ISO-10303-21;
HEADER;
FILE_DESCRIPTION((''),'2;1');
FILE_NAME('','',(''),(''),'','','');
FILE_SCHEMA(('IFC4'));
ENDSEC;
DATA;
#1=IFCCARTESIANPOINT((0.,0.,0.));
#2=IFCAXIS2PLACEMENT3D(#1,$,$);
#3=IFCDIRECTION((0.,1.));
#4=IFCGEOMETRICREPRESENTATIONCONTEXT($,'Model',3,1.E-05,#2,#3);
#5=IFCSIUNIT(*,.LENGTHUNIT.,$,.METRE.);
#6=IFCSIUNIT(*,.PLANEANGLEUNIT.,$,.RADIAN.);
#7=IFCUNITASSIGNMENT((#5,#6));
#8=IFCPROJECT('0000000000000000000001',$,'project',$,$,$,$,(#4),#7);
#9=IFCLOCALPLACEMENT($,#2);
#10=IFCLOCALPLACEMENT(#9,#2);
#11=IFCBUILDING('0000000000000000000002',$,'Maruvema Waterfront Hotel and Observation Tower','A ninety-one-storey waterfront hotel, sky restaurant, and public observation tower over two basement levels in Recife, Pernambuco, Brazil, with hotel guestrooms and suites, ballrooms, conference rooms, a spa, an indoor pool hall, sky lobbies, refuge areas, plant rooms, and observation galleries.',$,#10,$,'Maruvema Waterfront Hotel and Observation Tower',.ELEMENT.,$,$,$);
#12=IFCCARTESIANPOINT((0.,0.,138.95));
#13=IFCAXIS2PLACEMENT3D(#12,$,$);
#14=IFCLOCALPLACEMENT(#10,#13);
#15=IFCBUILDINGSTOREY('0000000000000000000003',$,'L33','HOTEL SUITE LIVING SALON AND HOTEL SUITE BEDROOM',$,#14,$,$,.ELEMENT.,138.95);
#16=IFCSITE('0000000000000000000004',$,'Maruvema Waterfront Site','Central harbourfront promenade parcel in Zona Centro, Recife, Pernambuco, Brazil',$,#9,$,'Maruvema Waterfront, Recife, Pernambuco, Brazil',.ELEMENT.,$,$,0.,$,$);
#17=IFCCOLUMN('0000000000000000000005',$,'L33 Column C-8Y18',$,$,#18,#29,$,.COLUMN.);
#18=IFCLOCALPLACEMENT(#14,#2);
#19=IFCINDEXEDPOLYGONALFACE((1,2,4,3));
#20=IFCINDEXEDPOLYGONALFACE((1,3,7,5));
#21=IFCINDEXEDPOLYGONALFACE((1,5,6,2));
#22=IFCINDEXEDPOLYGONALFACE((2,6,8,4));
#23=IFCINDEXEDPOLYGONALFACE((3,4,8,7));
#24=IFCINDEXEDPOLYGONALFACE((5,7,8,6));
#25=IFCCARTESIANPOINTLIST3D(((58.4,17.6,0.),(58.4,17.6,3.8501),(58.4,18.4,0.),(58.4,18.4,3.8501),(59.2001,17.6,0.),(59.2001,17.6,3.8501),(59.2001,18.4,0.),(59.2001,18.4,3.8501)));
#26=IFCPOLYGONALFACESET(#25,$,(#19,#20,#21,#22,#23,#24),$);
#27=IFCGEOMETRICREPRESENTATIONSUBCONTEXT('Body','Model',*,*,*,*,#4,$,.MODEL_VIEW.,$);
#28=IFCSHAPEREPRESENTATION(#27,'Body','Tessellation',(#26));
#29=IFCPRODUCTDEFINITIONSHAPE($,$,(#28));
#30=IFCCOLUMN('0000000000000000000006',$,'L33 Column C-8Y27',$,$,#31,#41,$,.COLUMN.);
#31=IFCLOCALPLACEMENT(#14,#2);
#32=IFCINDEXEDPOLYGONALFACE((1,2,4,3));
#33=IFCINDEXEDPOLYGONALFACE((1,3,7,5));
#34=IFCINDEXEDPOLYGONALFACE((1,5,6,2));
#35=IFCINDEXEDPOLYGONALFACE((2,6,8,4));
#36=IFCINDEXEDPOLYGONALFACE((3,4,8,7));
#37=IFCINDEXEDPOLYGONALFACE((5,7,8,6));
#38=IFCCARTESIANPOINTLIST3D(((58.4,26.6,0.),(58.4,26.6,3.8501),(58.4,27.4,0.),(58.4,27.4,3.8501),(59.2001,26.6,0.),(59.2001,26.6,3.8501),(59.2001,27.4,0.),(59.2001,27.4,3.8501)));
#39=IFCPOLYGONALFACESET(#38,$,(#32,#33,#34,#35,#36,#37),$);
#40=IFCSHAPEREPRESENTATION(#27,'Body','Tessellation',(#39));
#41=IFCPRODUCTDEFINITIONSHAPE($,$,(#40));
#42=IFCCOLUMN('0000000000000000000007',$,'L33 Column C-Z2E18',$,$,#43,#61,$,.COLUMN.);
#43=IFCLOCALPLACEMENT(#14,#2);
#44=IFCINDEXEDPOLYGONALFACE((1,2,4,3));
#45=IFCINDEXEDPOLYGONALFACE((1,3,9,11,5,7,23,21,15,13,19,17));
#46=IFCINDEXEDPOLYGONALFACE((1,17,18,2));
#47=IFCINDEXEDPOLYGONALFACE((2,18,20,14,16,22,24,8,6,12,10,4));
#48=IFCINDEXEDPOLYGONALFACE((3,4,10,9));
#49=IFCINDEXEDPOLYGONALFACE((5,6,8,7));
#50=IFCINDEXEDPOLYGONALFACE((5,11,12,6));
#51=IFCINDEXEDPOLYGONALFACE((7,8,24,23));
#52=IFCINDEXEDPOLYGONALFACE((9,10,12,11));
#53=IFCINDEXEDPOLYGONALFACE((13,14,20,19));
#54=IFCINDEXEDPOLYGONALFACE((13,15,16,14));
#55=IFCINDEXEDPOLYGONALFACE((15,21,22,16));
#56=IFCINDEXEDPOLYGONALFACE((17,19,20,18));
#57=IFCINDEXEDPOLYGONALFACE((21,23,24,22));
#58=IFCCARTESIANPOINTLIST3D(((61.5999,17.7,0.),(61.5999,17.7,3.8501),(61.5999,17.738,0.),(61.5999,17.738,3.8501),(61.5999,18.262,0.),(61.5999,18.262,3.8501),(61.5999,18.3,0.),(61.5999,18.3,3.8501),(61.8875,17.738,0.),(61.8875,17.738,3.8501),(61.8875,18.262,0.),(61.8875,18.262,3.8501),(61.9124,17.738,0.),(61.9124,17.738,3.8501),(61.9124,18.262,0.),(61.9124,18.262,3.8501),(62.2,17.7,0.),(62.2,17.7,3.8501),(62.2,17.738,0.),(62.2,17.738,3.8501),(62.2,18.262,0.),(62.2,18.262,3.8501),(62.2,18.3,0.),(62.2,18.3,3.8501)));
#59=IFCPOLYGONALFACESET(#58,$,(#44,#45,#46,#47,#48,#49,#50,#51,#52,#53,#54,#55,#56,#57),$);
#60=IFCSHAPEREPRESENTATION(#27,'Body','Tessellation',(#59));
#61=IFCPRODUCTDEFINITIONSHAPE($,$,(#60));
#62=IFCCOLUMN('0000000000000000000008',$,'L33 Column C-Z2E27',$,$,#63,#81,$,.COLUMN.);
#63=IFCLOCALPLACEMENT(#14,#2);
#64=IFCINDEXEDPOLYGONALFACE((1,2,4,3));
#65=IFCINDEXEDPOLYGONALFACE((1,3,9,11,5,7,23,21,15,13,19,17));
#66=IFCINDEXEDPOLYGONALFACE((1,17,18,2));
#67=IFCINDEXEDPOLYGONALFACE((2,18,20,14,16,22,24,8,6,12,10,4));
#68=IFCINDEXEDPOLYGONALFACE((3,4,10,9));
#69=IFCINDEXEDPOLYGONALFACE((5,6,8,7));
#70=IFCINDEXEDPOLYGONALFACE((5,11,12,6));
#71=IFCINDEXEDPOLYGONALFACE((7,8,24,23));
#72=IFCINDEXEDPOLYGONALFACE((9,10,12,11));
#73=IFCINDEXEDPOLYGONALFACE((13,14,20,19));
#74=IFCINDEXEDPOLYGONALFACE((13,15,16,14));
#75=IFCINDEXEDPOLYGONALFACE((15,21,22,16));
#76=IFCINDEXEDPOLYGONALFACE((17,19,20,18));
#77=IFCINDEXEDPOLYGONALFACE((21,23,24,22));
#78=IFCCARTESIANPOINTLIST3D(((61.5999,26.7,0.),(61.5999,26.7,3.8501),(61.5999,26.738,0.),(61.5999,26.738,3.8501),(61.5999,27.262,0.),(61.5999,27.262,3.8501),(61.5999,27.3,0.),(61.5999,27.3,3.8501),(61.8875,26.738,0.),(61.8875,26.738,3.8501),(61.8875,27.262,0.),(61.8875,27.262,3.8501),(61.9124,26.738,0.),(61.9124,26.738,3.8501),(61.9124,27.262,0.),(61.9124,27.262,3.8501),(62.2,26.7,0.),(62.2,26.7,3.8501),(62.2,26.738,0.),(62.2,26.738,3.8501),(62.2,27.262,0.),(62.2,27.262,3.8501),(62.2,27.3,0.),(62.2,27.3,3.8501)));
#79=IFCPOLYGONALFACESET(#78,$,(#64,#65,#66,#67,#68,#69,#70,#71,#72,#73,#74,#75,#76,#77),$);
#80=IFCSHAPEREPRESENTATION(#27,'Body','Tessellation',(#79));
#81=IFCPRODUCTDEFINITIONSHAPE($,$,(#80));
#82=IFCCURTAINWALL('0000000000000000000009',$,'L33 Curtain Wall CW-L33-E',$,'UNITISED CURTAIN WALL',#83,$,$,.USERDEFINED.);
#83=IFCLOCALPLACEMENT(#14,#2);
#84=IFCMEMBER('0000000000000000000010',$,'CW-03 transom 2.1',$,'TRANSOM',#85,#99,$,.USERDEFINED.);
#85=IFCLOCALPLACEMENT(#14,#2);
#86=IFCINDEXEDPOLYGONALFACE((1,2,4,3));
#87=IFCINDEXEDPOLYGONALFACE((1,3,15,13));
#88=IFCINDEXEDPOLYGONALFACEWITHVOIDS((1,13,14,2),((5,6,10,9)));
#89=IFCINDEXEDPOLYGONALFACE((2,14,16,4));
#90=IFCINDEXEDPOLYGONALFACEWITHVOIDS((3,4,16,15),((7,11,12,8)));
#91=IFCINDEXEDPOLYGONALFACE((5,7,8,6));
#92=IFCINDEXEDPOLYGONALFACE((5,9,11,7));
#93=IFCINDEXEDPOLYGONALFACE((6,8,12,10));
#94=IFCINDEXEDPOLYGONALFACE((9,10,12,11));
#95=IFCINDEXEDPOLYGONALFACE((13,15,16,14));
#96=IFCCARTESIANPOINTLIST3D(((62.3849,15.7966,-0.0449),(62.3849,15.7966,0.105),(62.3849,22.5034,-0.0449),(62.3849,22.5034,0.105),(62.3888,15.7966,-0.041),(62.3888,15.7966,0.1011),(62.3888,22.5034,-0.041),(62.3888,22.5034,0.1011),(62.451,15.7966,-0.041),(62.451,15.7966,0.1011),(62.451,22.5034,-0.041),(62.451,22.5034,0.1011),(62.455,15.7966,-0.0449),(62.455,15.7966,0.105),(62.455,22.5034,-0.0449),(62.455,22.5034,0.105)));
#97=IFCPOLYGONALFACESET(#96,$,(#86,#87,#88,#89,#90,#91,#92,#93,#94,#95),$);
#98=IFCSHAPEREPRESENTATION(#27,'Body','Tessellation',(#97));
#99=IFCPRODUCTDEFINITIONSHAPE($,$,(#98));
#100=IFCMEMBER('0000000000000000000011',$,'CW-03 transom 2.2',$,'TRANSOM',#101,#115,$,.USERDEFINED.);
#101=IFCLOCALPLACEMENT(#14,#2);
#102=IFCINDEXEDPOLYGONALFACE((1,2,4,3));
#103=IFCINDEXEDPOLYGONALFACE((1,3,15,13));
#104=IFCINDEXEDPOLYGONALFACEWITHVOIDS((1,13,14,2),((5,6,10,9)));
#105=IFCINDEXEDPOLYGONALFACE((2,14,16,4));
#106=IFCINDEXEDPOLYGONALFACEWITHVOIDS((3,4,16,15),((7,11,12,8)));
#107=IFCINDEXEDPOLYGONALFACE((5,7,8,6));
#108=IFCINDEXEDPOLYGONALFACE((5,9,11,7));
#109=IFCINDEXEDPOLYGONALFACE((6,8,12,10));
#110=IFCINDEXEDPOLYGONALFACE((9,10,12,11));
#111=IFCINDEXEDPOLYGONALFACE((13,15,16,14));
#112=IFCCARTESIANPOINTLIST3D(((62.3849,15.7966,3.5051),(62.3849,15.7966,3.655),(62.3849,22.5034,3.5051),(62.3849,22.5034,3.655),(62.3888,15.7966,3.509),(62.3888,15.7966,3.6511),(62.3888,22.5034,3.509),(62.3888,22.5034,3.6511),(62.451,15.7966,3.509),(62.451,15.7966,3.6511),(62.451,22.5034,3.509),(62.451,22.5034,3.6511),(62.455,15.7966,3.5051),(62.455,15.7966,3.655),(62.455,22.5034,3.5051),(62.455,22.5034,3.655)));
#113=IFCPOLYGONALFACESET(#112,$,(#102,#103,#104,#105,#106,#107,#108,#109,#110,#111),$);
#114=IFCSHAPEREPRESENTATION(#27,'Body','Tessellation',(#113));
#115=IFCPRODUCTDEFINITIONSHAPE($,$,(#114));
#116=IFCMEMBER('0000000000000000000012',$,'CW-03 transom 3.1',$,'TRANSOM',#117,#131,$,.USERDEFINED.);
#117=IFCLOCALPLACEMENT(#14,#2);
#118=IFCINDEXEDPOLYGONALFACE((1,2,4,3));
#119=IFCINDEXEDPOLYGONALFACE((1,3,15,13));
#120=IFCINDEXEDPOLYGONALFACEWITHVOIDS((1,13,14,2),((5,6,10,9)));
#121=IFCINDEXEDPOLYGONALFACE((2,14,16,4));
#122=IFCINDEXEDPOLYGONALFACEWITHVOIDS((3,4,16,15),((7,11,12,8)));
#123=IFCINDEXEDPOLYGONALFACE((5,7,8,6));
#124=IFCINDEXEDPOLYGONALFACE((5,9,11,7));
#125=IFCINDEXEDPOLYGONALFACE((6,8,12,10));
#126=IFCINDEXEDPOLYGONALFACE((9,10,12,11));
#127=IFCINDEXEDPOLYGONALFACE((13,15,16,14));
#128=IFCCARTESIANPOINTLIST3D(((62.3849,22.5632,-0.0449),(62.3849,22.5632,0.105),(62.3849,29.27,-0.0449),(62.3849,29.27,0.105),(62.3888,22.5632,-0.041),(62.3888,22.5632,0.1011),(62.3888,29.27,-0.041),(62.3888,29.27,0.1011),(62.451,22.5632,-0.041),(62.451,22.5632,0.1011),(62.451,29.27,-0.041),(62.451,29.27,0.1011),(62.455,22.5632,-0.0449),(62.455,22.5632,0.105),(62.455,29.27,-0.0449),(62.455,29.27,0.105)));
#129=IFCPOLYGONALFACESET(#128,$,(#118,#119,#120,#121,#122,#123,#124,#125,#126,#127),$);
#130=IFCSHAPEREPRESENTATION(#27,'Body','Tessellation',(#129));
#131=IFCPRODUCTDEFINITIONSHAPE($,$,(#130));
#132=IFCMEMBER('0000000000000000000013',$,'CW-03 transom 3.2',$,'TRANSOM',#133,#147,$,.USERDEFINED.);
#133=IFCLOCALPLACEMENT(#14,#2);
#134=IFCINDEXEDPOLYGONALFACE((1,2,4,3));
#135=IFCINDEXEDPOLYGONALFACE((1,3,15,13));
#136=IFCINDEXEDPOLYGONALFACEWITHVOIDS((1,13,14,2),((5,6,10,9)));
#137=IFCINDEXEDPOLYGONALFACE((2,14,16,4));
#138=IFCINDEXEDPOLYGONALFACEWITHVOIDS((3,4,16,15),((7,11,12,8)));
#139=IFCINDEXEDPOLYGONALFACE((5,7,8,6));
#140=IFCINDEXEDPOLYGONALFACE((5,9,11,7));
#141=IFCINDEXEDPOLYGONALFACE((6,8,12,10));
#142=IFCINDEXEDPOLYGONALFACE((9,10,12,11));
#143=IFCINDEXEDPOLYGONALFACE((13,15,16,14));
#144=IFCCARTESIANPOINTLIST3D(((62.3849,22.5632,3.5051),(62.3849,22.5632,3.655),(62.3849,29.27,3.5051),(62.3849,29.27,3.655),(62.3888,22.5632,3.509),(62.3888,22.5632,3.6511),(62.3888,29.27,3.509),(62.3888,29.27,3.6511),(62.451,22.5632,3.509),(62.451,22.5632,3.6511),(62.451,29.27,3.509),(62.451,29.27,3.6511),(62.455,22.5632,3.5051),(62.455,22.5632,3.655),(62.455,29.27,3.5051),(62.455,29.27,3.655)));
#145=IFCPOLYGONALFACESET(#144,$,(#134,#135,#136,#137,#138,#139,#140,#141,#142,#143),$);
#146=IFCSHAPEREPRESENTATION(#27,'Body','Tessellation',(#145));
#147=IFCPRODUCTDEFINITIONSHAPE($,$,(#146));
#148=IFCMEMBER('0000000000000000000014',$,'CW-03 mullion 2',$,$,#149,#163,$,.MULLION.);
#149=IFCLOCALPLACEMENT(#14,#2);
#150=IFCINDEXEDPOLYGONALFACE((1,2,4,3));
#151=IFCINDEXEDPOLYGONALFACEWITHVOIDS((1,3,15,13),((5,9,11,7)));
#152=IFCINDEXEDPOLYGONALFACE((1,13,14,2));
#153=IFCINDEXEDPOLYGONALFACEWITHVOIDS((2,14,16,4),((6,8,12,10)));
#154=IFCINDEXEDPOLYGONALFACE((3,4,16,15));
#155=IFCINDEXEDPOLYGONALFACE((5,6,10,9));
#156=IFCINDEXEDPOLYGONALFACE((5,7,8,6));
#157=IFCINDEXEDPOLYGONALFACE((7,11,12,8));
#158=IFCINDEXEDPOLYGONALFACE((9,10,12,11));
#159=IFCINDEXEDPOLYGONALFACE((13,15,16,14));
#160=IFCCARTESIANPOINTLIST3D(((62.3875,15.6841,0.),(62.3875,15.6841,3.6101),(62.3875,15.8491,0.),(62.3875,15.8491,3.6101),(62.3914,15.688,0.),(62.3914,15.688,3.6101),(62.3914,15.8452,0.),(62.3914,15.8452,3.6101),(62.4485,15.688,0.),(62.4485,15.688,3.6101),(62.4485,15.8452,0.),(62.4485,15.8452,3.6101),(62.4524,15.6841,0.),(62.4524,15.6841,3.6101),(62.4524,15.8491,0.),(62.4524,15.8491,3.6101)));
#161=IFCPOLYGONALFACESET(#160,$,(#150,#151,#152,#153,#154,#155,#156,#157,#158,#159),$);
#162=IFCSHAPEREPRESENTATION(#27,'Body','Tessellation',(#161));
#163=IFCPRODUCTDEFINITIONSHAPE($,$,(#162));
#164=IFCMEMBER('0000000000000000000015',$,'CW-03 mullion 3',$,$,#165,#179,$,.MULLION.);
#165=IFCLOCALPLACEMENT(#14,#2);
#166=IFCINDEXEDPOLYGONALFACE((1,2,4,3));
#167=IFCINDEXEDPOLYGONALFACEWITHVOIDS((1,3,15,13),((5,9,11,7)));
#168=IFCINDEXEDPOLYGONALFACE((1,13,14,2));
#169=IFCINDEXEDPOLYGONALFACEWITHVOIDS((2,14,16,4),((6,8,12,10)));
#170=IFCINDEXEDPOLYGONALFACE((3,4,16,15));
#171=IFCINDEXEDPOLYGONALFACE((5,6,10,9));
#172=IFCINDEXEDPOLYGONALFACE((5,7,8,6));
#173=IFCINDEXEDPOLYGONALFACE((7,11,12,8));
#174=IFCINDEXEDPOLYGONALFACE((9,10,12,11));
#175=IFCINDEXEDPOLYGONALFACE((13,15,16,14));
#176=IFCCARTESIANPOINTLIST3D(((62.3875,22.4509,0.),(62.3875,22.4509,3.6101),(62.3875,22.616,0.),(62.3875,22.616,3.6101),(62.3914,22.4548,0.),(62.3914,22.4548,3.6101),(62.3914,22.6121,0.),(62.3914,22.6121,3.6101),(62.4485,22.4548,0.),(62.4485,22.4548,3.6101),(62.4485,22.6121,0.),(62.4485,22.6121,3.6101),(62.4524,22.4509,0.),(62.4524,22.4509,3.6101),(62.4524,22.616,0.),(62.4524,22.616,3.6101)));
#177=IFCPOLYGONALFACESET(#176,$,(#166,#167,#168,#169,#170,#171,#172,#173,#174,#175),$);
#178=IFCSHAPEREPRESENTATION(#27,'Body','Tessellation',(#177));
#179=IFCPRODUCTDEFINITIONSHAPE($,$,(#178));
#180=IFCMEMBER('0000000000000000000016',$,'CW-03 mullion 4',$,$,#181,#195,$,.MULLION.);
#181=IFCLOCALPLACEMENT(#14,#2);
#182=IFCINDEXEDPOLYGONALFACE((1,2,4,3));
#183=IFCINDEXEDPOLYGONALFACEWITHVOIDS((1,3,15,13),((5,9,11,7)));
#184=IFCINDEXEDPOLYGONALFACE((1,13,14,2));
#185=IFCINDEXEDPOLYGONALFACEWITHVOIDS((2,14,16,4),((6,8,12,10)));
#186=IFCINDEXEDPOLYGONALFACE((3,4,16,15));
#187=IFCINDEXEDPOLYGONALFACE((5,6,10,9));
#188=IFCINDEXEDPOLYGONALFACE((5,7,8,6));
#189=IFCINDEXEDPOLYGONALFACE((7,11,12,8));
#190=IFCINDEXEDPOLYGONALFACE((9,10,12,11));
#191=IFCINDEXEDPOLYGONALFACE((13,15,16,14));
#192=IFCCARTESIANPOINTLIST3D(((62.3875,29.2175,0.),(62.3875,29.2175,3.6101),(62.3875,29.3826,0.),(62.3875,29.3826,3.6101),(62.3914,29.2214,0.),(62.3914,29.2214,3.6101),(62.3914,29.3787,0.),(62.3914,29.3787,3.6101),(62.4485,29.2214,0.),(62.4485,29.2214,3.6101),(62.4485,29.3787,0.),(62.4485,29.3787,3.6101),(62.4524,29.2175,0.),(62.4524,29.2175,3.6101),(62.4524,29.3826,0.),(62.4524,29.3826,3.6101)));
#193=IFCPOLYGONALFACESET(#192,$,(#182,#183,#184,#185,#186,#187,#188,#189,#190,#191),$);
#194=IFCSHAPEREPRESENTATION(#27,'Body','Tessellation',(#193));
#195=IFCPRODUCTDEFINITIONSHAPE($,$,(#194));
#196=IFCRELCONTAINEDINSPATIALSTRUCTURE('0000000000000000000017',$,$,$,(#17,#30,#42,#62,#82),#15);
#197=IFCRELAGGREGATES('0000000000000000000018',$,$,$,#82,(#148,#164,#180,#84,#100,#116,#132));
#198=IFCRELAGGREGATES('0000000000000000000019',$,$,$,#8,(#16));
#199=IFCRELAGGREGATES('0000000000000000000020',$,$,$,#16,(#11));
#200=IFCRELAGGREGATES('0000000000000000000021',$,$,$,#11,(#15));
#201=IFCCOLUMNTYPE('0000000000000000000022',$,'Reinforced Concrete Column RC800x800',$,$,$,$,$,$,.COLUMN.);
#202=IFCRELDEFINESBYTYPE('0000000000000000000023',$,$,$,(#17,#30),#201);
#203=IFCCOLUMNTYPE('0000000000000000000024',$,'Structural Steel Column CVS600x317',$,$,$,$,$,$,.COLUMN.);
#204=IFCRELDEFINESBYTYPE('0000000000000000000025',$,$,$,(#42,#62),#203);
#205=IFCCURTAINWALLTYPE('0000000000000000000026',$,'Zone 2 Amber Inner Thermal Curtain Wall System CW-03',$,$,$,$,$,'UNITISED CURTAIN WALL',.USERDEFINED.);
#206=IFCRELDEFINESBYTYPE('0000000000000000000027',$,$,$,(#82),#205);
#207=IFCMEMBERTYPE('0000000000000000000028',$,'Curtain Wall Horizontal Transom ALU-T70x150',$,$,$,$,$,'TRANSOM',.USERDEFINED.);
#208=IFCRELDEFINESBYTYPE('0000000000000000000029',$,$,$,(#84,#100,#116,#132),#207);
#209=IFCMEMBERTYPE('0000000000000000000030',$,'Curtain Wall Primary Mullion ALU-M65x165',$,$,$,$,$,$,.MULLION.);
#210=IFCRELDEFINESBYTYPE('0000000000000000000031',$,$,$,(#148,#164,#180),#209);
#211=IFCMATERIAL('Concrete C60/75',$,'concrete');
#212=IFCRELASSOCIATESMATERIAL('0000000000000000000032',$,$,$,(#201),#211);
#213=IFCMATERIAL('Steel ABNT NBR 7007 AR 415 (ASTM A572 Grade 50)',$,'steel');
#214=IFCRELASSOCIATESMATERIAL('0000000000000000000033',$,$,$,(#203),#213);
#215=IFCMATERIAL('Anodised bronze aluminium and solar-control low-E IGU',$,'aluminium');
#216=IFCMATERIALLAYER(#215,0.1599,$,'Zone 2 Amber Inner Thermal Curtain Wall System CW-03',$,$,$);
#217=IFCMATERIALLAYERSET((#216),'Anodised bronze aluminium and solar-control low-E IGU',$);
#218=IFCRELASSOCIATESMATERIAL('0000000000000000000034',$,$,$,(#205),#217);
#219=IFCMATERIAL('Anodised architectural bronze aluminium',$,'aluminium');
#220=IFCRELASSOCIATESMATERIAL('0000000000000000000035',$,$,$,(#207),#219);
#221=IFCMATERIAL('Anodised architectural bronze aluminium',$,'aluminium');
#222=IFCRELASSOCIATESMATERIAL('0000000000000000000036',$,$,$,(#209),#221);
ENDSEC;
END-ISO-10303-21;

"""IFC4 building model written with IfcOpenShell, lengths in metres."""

from ifc_helpers import new_model, si_unit, direction, frame, origin, origin_2d, place, context, subcontext, project, spatial, rectangle, hollow_rectangle, i_section, extrude, material, layer, layer_set, material_profile, profile_set, type_object, element, aggregate, save


model = new_model("IFC4")

# Units and contexts
model_context = context("Model", 3, precision=1e-05, world=origin(), true_north=direction((0.0, 1.0)))
body_context = subcontext(model_context, "Body", "Model", "MODEL_VIEW")
ifc_project = project(units=[si_unit("LENGTHUNIT", "METRE"), si_unit("PLANEANGLEUNIT", "RADIAN")], contexts=[model_context])

# Site, building, storey
site_placement = place(None, origin())
site = spatial("IfcSite", under=ifc_project, at=site_placement, Name="Maruvema Waterfront Site", Description="Central harbourfront promenade parcel in Zona Centro, Recife, Pernambuco, Brazil", LongName="Maruvema Waterfront, Recife, Pernambuco, Brazil", CompositionType="ELEMENT", RefElevation=0.0)
building_placement = place(site_placement, origin())
building = spatial("IfcBuilding", under=site, at=building_placement, Name="Maruvema Waterfront Hotel and Observation Tower", Description="A ninety-one-storey waterfront hotel, sky restaurant, and public observation tower over two basement levels in Recife, Pernambuco, Brazil, with hotel guestrooms and suites, ballrooms, conference rooms, a spa, an indoor pool hall, sky lobbies, refuge areas, plant rooms, and observation galleries.", LongName="Maruvema Waterfront Hotel and Observation Tower", CompositionType="ELEMENT")
storey_placement = place(building_placement, frame((0.0, 0.0, 138.95)))
storey = spatial("IfcBuildingStorey", under=building, at=storey_placement, Name="L33", Description="HOTEL SUITE LIVING SALON AND HOTEL SUITE BEDROOM", CompositionType="ELEMENT", Elevation=138.95)

# Columns
ifc_material_1 = material(Name="Concrete C60/75", Category="concrete")
ifc_material_profile_1 = material_profile(ifc_material_1, rectangle(XDim=0.8, YDim=0.8, at=origin_2d()), Name="RC800x800")
ifc_profile_set_1 = profile_set([ifc_material_profile_1], Name="Concrete C60/75")
column_type_1 = type_object("IfcColumnType", Name="Reinforced Concrete Column RC800x800", PredefinedType="COLUMN", material=ifc_profile_set_1)
for number, where, z_axis, x_axis, name in (
    (1, (58.8, 18.0, 0.0), (0.0, 0.0, 1.0), (1.0, 0.0, 0.0), "L33 Column C-8Y18"),
    (2, (58.8, 27.0, 0.0), (0.0, 0.0, 1.0), (1.0, 0.0, 0.0), "L33 Column C-8Y27"),
):
    element("IfcColumn", number, at=place(storey_placement, frame(where, z_axis=z_axis, x_axis=x_axis)), inside=storey, type_object=column_type_1, Name=name, PredefinedType="COLUMN", context=body_context, shape_type="SweptSolid", body=[
        extrude(rectangle(XDim=0.8, YDim=0.8, at=origin_2d()), origin(), (0.0, 0.0, 1.0), 3.8501),
    ])
ifc_material_2 = material(Name="Steel ABNT NBR 7007 AR 415 (ASTM A572 Grade 50)", Category="steel")
ifc_material_profile_2 = material_profile(ifc_material_2, i_section(OverallWidth=0.6001, OverallDepth=0.6001, WebThickness=0.0249, FlangeThickness=0.0381, at=origin_2d()), Name="CVS600x317")
ifc_profile_set_2 = profile_set([ifc_material_profile_2], Name="Steel ABNT NBR 7007 AR 415 (ASTM A572 Grade 50)")
column_type_2 = type_object("IfcColumnType", Name="Structural Steel Column CVS600x317", PredefinedType="COLUMN", material=ifc_profile_set_2)
for number, where, z_axis, x_axis, name in (
    (3, (61.8999, 18.0, 0.0), (0.0, 0.0, 1.0), (1.0, 0.0, 0.0), "L33 Column C-Z2E18"),
    (4, (61.8999, 27.0, 0.0), (0.0, 0.0, 1.0), (1.0, 0.0, 0.0), "L33 Column C-Z2E27"),
):
    element("IfcColumn", number, at=place(storey_placement, frame(where, z_axis=z_axis, x_axis=x_axis)), inside=storey, type_object=column_type_2, Name=name, PredefinedType="COLUMN", context=body_context, shape_type="SweptSolid", body=[
        extrude(i_section(OverallWidth=0.6001, OverallDepth=0.6001, WebThickness=0.0249, FlangeThickness=0.0381, at=origin_2d()), origin(), (0.0, 0.0, 1.0), 3.8501),
    ])

# Curtain wall, members
ifc_material_3 = material(Name="Anodised bronze aluminium and solar-control low-E IGU", Category="aluminium")
ifc_layer_1 = layer(ifc_material_3, 0.1599, Name="Zone 2 Amber Inner Thermal Curtain Wall System CW-03")
ifc_layer_set_1 = layer_set([ifc_layer_1], Name="Anodised bronze aluminium and solar-control low-E IGU")
curtain_wall_type = type_object("IfcCurtainWallType", Name="Zone 2 Amber Inner Thermal Curtain Wall System CW-03", ElementType="UNITISED CURTAIN WALL", PredefinedType="USERDEFINED", material=ifc_layer_set_1)
curtain_wall_placement = place(storey_placement, origin())
curtain_wall = element("IfcCurtainWall", 5, at=curtain_wall_placement, inside=storey, type_object=curtain_wall_type, Name="L33 Curtain Wall CW-L33-E", ObjectType="UNITISED CURTAIN WALL", PredefinedType="USERDEFINED")
ifc_material_4 = material(Name="Anodised architectural bronze aluminium", Category="aluminium")
ifc_material_profile_3 = material_profile(ifc_material_4, hollow_rectangle(XDim=0.0701, YDim=0.1499, WallThickness=0.0039, at=origin_2d()), Name="ALU-T70x150")
ifc_profile_set_3 = profile_set([ifc_material_profile_3], Name="Anodised architectural bronze aluminium")
member_type_1 = type_object("IfcMemberType", Name="Curtain Wall Horizontal Transom ALU-T70x150", ElementType="TRANSOM", PredefinedType="USERDEFINED", material=ifc_profile_set_3)
member_1_placement = place(storey_placement, frame((62.4199, 15.7966, 0.03), z_axis=(0.0, 1.0, 0.0), x_axis=(-1.0, 0.0, 0.0)))
member_1 = element("IfcMember", 6, at=member_1_placement, type_object=member_type_1, Name="CW-03 transom 2.1", ObjectType="TRANSOM", PredefinedType="USERDEFINED", context=body_context, shape_type="SweptSolid", body=[
    extrude(hollow_rectangle(XDim=0.0701, YDim=0.1499, WallThickness=0.0039, at=origin_2d()), origin(), (0.0, 0.0, 1.0), 6.7068),
])
member_2_placement = place(storey_placement, frame((62.4199, 15.7966, 3.5801), z_axis=(0.0, 1.0, 0.0), x_axis=(-1.0, 0.0, 0.0)))
member_2 = element("IfcMember", 7, at=member_2_placement, type_object=member_type_1, Name="CW-03 transom 2.2", ObjectType="TRANSOM", PredefinedType="USERDEFINED", context=body_context, shape_type="SweptSolid", body=[
    extrude(hollow_rectangle(XDim=0.0701, YDim=0.1499, WallThickness=0.0039, at=origin_2d()), origin(), (0.0, 0.0, 1.0), 6.7068),
])
member_3_placement = place(storey_placement, frame((62.4199, 22.5632, 0.03), z_axis=(0.0, 1.0, 0.0), x_axis=(-1.0, 0.0, 0.0)))
member_3 = element("IfcMember", 8, at=member_3_placement, type_object=member_type_1, Name="CW-03 transom 3.1", ObjectType="TRANSOM", PredefinedType="USERDEFINED", context=body_context, shape_type="SweptSolid", body=[
    extrude(hollow_rectangle(XDim=0.0701, YDim=0.1499, WallThickness=0.0039, at=origin_2d()), origin(), (0.0, 0.0, 1.0), 6.7068),
])
member_4_placement = place(storey_placement, frame((62.4199, 22.5632, 3.5801), z_axis=(0.0, 1.0, 0.0), x_axis=(-1.0, 0.0, 0.0)))
member_4 = element("IfcMember", 9, at=member_4_placement, type_object=member_type_1, Name="CW-03 transom 3.2", ObjectType="TRANSOM", PredefinedType="USERDEFINED", context=body_context, shape_type="SweptSolid", body=[
    extrude(hollow_rectangle(XDim=0.0701, YDim=0.1499, WallThickness=0.0039, at=origin_2d()), origin(), (0.0, 0.0, 1.0), 6.7068),
])
ifc_material_5 = material(Name="Anodised architectural bronze aluminium", Category="aluminium")
ifc_material_profile_4 = material_profile(ifc_material_5, hollow_rectangle(XDim=0.0649, YDim=0.165, WallThickness=0.0039, at=origin_2d()), Name="ALU-M65x165")
ifc_profile_set_4 = profile_set([ifc_material_profile_4], Name="Anodised architectural bronze aluminium")
member_type_2 = type_object("IfcMemberType", Name="Curtain Wall Primary Mullion ALU-M65x165", PredefinedType="MULLION", material=ifc_profile_set_4)
member_5_placement = place(storey_placement, frame((62.4199, 15.7666, 0.0), z_axis=(0.0, 0.0, 1.0), x_axis=(-1.0, 0.0, 0.0)))
member_5 = element("IfcMember", 10, at=member_5_placement, type_object=member_type_2, Name="CW-03 mullion 2", PredefinedType="MULLION", context=body_context, shape_type="SweptSolid", body=[
    extrude(hollow_rectangle(XDim=0.0649, YDim=0.165, WallThickness=0.0039, at=origin_2d()), origin(), (0.0, 0.0, 1.0), 3.6101),
])
member_6_placement = place(storey_placement, frame((62.4199, 22.5334, 0.0), z_axis=(0.0, 0.0, 1.0), x_axis=(-1.0, 0.0, 0.0)))
member_6 = element("IfcMember", 11, at=member_6_placement, type_object=member_type_2, Name="CW-03 mullion 3", PredefinedType="MULLION", context=body_context, shape_type="SweptSolid", body=[
    extrude(hollow_rectangle(XDim=0.0649, YDim=0.165, WallThickness=0.0039, at=origin_2d()), origin(), (0.0, 0.0, 1.0), 3.6101),
])
member_7_placement = place(storey_placement, frame((62.4199, 29.3, 0.0), z_axis=(0.0, 0.0, 1.0), x_axis=(-1.0, 0.0, 0.0)))
member_7 = element("IfcMember", 12, at=member_7_placement, type_object=member_type_2, Name="CW-03 mullion 4", PredefinedType="MULLION", context=body_context, shape_type="SweptSolid", body=[
    extrude(hollow_rectangle(XDim=0.0649, YDim=0.165, WallThickness=0.0039, at=origin_2d()), origin(), (0.0, 0.0, 1.0), 3.6101),
])

aggregate(curtain_wall, [member_5, member_6, member_7, member_1, member_2, member_3, member_4])

save(model, "model.ifc")
